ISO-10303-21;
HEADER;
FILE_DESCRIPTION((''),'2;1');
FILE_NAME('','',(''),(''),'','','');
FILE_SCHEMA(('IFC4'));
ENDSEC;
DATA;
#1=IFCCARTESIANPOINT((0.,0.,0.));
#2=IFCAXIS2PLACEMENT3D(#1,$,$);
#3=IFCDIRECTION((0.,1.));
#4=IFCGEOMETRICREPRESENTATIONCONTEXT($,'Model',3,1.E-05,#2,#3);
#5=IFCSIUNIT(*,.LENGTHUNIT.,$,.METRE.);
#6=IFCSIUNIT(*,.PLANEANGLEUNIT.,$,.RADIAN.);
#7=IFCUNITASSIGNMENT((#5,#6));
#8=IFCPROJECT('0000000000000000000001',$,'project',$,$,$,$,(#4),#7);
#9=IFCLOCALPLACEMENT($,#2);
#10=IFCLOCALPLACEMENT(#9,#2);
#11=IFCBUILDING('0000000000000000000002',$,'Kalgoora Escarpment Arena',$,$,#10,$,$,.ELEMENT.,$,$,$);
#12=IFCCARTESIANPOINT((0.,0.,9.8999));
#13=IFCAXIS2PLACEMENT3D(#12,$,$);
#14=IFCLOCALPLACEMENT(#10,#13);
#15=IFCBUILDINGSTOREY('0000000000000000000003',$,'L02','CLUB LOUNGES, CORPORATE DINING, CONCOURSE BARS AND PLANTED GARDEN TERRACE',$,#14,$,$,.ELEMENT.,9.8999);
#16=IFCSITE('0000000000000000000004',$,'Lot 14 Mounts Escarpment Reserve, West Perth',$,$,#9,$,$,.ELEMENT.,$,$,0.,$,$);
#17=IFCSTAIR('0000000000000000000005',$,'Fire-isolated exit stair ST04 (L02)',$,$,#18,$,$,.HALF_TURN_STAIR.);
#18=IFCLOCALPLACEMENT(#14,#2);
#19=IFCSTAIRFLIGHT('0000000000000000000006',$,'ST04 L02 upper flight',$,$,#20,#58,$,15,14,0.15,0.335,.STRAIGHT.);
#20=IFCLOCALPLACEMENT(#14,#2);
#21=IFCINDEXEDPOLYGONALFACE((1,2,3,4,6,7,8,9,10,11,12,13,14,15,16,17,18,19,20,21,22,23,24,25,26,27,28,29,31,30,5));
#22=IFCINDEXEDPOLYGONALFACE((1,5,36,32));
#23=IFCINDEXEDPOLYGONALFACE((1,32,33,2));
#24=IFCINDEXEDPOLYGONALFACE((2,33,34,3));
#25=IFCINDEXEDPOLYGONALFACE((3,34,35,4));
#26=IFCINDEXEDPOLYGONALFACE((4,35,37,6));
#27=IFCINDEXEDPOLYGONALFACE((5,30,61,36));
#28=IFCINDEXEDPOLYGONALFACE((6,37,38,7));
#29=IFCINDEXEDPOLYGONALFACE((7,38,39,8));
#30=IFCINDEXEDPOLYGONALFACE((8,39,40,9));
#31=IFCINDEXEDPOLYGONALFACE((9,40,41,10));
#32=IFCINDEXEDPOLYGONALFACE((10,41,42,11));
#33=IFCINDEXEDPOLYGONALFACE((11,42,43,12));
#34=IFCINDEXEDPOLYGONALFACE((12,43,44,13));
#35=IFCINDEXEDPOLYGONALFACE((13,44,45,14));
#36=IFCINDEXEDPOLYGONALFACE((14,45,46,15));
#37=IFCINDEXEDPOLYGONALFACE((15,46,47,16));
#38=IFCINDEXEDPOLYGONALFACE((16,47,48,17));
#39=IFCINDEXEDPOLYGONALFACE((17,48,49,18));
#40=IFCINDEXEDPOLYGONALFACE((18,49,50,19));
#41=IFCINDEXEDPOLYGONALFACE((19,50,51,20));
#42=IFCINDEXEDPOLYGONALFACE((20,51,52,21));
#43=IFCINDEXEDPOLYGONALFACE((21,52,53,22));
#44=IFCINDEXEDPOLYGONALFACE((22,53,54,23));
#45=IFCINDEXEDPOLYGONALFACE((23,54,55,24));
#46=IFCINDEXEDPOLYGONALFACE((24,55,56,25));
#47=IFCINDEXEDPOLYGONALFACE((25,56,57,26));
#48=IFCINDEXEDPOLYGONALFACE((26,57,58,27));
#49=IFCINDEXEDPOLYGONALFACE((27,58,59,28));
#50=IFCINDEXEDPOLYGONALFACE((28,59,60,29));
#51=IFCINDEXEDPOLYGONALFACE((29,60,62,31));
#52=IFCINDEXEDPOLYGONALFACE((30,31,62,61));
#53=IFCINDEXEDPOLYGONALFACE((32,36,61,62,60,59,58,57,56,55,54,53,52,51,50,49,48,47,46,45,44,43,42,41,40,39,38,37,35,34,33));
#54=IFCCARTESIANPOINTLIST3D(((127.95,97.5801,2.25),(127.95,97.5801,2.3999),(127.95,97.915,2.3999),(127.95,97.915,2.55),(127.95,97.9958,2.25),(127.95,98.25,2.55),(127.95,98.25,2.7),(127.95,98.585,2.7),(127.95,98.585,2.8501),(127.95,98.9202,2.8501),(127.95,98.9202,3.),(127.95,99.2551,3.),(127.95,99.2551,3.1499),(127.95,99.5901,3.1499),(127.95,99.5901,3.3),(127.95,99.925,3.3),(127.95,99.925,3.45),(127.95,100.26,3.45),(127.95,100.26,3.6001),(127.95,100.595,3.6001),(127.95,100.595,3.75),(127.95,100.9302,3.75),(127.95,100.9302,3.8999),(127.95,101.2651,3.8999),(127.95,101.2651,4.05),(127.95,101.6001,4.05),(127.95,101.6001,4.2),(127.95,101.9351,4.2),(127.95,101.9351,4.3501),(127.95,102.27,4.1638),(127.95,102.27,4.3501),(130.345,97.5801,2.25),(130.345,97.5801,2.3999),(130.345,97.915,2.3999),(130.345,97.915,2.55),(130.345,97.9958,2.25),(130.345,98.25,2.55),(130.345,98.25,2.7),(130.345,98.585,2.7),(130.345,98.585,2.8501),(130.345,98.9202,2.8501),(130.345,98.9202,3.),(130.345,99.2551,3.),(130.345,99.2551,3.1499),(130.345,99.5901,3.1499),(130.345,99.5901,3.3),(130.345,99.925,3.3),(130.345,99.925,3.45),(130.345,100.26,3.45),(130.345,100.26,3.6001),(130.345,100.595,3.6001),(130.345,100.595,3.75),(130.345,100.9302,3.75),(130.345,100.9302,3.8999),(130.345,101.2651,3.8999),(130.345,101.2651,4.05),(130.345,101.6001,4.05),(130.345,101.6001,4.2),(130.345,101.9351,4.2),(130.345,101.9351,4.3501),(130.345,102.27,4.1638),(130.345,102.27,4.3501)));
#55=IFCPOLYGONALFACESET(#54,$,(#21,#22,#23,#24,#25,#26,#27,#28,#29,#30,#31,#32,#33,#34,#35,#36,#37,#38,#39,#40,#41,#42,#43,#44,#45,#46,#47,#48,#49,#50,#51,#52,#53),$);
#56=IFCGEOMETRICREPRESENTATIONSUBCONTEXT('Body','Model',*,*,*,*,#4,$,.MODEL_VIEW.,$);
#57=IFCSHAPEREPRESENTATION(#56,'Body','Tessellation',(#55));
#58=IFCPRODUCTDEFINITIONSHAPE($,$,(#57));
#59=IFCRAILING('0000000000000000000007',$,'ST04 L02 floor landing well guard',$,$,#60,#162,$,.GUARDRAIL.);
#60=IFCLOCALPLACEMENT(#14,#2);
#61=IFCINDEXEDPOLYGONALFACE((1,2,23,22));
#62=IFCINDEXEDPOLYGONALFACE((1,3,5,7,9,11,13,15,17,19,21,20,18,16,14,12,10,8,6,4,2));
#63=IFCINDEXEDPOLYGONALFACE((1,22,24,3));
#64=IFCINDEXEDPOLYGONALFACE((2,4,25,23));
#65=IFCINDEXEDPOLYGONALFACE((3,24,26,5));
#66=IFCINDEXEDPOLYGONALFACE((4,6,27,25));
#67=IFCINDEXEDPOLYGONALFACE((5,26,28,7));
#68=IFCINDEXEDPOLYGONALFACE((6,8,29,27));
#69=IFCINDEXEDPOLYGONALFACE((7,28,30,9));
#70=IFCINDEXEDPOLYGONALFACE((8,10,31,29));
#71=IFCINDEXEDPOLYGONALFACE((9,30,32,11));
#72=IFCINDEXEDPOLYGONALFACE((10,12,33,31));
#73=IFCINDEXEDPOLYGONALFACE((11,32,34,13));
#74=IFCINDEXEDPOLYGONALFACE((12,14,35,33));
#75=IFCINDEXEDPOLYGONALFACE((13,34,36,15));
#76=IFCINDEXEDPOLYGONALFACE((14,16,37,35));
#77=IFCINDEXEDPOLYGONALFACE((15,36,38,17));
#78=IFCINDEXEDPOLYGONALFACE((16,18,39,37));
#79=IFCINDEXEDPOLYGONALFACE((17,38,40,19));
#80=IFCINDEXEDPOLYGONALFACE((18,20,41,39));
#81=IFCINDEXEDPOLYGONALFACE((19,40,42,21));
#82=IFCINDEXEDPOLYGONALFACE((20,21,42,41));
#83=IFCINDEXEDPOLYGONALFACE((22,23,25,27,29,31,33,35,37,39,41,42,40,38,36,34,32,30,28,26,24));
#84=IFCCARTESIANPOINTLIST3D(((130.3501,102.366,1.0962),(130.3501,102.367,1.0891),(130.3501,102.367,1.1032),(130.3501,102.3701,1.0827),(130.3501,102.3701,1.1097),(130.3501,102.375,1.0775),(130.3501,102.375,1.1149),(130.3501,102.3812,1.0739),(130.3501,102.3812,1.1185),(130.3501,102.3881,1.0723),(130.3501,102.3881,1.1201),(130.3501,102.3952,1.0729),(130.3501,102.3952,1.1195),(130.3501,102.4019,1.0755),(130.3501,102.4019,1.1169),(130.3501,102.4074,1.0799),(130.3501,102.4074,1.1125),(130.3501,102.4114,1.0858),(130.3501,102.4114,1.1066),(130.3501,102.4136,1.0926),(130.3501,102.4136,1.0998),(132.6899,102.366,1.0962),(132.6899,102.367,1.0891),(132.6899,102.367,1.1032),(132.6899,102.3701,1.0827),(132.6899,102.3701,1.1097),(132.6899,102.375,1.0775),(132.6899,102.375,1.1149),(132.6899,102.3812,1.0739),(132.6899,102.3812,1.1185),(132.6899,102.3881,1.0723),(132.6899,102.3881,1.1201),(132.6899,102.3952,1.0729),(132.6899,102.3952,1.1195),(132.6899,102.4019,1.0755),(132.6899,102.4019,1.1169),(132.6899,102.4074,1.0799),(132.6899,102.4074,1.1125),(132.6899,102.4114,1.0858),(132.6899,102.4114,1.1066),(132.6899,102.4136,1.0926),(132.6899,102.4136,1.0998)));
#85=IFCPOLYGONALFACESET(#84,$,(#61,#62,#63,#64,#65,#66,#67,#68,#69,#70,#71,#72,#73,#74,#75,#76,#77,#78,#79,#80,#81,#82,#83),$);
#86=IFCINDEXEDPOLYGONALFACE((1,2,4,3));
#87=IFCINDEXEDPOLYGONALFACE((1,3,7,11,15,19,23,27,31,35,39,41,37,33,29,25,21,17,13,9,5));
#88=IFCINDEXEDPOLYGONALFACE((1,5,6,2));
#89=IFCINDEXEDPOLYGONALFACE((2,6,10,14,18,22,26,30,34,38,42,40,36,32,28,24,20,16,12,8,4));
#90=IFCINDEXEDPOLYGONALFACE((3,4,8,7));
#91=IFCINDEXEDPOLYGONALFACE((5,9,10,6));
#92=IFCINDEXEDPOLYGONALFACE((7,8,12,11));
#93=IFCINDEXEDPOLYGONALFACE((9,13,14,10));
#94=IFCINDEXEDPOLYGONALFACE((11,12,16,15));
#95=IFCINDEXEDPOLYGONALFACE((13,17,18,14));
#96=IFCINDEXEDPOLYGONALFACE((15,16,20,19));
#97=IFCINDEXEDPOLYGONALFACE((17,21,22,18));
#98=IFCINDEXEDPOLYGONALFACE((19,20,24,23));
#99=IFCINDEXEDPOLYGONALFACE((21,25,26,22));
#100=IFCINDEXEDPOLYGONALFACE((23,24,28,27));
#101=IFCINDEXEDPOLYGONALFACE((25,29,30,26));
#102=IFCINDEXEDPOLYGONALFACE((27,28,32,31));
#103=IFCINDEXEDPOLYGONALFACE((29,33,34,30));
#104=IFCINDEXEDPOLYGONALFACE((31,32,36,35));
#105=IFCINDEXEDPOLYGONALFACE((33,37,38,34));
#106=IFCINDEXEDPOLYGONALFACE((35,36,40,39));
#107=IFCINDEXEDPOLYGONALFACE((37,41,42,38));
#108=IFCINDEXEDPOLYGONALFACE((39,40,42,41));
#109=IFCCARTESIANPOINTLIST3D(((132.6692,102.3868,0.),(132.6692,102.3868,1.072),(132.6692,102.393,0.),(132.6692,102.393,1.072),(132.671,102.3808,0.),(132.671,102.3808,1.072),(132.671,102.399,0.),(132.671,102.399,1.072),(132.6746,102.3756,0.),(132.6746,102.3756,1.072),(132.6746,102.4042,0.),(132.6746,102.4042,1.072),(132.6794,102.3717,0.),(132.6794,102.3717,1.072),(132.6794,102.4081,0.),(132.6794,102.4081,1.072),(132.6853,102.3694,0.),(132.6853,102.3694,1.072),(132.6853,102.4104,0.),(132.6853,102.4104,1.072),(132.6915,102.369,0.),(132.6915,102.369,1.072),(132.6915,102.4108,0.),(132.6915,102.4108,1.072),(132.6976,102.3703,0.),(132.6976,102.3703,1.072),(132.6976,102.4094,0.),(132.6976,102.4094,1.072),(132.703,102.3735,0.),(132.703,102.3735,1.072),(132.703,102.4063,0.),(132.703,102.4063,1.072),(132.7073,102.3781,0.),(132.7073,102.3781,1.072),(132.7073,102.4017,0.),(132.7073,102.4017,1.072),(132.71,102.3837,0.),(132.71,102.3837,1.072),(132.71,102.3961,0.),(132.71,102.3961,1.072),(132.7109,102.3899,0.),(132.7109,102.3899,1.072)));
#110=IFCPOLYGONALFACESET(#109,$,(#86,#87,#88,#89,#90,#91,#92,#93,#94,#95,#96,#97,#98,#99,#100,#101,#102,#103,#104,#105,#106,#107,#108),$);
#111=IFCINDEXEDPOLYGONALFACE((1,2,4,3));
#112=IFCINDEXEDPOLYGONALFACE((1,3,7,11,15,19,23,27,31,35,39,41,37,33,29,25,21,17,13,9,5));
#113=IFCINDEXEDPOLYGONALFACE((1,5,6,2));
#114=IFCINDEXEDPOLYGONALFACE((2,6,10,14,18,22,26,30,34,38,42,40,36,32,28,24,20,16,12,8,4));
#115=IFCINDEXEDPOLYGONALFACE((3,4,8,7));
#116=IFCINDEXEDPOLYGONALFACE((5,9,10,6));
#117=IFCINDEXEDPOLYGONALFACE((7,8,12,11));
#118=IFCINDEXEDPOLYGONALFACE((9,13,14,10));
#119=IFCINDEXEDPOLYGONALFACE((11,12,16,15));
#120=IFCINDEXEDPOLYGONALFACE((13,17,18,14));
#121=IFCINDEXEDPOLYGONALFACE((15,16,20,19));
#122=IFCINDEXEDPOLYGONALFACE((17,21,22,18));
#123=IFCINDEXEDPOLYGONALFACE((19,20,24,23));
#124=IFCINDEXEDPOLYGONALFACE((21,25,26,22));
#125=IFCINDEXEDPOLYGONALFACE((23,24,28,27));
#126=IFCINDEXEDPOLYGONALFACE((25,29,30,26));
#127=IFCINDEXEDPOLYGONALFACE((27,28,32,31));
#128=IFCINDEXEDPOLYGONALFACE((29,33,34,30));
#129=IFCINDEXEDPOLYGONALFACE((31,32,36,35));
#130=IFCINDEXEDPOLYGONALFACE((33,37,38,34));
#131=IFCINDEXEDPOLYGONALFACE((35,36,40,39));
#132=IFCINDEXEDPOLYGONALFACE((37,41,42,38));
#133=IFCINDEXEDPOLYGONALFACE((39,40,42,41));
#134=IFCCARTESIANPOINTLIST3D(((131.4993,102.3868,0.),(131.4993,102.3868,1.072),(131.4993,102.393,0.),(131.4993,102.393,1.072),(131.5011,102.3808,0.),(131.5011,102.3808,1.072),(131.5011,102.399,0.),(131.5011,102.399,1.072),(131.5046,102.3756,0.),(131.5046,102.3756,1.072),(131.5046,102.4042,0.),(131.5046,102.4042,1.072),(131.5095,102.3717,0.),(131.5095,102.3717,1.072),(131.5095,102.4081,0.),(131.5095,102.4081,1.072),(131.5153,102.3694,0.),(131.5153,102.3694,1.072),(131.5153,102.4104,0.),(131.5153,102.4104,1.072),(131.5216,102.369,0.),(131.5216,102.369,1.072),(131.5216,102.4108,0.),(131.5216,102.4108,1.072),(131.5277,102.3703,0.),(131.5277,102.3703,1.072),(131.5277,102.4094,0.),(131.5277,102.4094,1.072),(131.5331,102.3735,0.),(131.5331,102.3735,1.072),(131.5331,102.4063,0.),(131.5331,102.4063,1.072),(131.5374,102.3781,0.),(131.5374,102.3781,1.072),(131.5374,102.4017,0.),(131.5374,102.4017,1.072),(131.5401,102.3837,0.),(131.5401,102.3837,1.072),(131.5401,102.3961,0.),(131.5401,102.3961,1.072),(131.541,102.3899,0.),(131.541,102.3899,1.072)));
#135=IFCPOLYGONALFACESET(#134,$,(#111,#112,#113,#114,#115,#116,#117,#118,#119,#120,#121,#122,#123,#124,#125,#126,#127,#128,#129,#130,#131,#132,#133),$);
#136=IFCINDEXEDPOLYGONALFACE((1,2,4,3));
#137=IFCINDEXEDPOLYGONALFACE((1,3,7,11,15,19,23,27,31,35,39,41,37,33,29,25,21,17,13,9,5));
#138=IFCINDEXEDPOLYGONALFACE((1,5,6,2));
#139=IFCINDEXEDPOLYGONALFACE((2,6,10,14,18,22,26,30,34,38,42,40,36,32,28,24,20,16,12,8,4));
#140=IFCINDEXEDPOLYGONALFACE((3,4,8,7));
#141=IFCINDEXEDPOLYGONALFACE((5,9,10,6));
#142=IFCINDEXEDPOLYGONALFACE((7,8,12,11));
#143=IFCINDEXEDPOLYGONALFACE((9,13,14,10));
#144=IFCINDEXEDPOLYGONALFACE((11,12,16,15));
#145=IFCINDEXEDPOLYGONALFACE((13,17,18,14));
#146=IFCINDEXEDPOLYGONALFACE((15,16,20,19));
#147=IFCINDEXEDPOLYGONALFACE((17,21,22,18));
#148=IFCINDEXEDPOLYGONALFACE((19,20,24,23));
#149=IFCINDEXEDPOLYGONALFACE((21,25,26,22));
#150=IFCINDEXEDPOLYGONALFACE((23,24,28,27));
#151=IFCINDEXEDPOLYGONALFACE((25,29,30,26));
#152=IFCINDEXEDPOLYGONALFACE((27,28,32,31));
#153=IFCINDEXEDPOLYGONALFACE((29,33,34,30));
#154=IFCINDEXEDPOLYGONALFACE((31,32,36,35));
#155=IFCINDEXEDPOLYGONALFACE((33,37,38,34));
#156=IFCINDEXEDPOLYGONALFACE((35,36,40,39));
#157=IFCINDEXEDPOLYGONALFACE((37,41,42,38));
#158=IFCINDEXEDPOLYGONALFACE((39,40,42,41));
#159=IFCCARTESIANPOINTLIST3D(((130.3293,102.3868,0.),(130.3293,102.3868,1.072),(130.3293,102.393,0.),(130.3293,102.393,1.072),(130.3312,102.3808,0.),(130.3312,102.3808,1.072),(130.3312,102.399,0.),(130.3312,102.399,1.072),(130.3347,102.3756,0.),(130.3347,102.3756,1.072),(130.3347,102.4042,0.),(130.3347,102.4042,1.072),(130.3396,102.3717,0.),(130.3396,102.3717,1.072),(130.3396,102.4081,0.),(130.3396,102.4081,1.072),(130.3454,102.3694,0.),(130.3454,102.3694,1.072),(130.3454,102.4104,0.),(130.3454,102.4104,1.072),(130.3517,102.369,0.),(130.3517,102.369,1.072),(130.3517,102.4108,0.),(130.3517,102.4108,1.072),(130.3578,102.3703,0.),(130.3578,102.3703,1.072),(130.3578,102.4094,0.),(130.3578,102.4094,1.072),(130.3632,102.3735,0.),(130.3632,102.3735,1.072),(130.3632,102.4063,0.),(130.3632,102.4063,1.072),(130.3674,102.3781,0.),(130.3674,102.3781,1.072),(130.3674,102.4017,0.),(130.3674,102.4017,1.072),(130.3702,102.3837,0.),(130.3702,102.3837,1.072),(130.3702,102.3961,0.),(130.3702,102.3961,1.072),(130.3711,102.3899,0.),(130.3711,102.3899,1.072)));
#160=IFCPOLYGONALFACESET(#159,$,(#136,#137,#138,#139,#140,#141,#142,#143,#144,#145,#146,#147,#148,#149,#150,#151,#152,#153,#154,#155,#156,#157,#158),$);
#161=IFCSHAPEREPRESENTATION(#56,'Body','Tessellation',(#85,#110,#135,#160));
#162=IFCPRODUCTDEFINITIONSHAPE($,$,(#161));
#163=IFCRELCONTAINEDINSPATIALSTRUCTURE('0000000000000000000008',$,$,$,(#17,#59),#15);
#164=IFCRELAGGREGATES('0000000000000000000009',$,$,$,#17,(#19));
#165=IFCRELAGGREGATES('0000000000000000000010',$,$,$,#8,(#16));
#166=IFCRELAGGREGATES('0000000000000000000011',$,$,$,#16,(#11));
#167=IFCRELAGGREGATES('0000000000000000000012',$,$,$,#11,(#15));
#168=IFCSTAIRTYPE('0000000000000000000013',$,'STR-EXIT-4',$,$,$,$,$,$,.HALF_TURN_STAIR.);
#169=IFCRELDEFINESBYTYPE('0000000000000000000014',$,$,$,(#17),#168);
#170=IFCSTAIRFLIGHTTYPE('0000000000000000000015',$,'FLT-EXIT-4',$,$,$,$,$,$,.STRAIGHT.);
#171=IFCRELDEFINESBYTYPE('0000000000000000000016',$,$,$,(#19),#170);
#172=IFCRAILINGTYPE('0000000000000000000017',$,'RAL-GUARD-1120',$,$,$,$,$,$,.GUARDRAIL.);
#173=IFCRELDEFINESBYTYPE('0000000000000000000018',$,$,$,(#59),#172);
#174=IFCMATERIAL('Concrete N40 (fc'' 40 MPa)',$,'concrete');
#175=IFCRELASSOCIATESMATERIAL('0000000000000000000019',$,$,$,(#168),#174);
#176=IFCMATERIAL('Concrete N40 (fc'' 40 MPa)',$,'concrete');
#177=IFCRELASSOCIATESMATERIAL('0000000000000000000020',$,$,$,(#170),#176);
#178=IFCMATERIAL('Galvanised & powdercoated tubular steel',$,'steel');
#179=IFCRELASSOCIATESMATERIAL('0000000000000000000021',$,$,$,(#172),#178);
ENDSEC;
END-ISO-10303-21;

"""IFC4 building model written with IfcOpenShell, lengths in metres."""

from ifc_helpers import new_model, si_unit, direction, frame, origin, origin_2d, place, context, subcontext, project, spatial, polyline, circle, outline, extrude, material, type_object, element, aggregate, save


model = new_model("IFC4")

# Units and contexts
model_context = context("Model", 3, precision=1e-05, world=origin(), true_north=direction((0.0, 1.0)))
body_context = subcontext(model_context, "Body", "Model", "MODEL_VIEW")
ifc_project = project(units=[si_unit("LENGTHUNIT", "METRE"), si_unit("PLANEANGLEUNIT", "RADIAN")], contexts=[model_context])

# Site, building, storey
site_placement = place(None, origin())
site = spatial("IfcSite", under=ifc_project, at=site_placement, Name="Lot 14 Mounts Escarpment Reserve, West Perth", CompositionType="ELEMENT", RefElevation=0.0)
building_placement = place(site_placement, origin())
building = spatial("IfcBuilding", under=site, at=building_placement, Name="Kalgoora Escarpment Arena", CompositionType="ELEMENT")
storey_placement = place(building_placement, frame((0.0, 0.0, 9.8999)))
storey = spatial("IfcBuildingStorey", under=building, at=storey_placement, Name="L02", Description="CLUB LOUNGES, CORPORATE DINING, CONCOURSE BARS AND PLANTED GARDEN TERRACE", CompositionType="ELEMENT", Elevation=9.8999)

# Stair, stair flight
ifc_material_1 = material(Name="Concrete N40 (fc' 40 MPa)", Category="concrete")
stair_type = type_object("IfcStairType", Name="STR-EXIT-4", PredefinedType="HALF_TURN_STAIR", material=ifc_material_1)
stair_placement = place(storey_placement, origin())
stair = element("IfcStair", 1, at=stair_placement, inside=storey, type_object=stair_type, Name="Fire-isolated exit stair ST04 (L02)", PredefinedType="HALF_TURN_STAIR")
ifc_material_2 = material(Name="Concrete N40 (fc' 40 MPa)", Category="concrete")
stair_flight_type = type_object("IfcStairFlightType", Name="FLT-EXIT-4", PredefinedType="STRAIGHT", material=ifc_material_2)
stair_flight_1_placement = place(storey_placement, frame((129.1475, 97.5801, 2.25), z_axis=(0.0, 0.0, 1.0), x_axis=(0.0, 1.0, 0.0)))
stair_flight_1 = element("IfcStairFlight", 2, at=stair_flight_1_placement, type_object=stair_flight_type, Name="ST04 L02 upper flight", NumberOfRisers=15, NumberOfTreads=14, PredefinedType="STRAIGHT", RiserHeight=0.15, TreadLength=0.335, context=body_context, shape_type="SweptSolid", body=[
    extrude(outline(polyline([(0.0, 0.0), (0.0, 0.1499), (0.335, 0.1499), (0.335, 0.3), (0.6699, 0.3), (0.6699, 0.45), (1.0049, 0.45), (1.0049, 0.6001), (1.3401, 0.6001), (1.3401, 0.75), (1.675, 0.75), (1.675, 0.8999), (2.01, 0.8999), (2.01, 1.05), (2.345, 1.05), (2.345, 1.2), (2.6799, 1.2), (2.6799, 1.3501), (3.0149, 1.3501), (3.0149, 1.5), (3.3501, 1.5), (3.3501, 1.6499), (3.6851, 1.6499), (3.6851, 1.8), (4.02, 1.8), (4.02, 1.95), (4.355, 1.95), (4.355, 2.1001), (4.6899, 2.1001), (4.6899, 2.25), (4.6899, 1.9138), (0.4158, 0.0), (0.0, 0.0)])), frame((0.0, 1.1975, 0.0), z_axis=(0.0, -1.0, 0.0), x_axis=(1.0, 0.0, 0.0)), (0.0, 0.0, 1.0), 2.395),
])
aggregate(stair, [stair_flight_1])

# Railing
ifc_material_3 = material(Name="Galvanised & powdercoated tubular steel", Category="steel")
railing_type_1 = type_object("IfcRailingType", Name="RAL-GUARD-1120", PredefinedType="GUARDRAIL", material=ifc_material_3)
railing_placement = place(storey_placement, frame((132.6899, 102.3899, 0.0)))
element("IfcRailing", 3, at=railing_placement, inside=storey, type_object=railing_type_1, Name="ST04 L02 floor landing well guard", PredefinedType="GUARDRAIL", context=body_context, shape_type="SweptSolid", body=[
    extrude(circle(Radius=0.0239, at=origin_2d()), frame((0.0, 0.0, 1.0962), z_axis=(-1.0, 0.0, 0.0), x_axis=(0.0, -1.0, 0.0)), (0.0, 0.0, 1.0), 2.3398),
    extrude(circle(Radius=0.021, at=origin_2d()), origin(), (0.0, 0.0, 1.0), 1.072),
    extrude(circle(Radius=0.021, at=origin_2d()), frame((-1.1699, 0.0, 0.0)), (0.0, 0.0, 1.0), 1.072),
    extrude(circle(Radius=0.021, at=origin_2d()), frame((-2.3398, 0.0, 0.0)), (0.0, 0.0, 1.0), 1.072),
])

save(model, "model.ifc")
